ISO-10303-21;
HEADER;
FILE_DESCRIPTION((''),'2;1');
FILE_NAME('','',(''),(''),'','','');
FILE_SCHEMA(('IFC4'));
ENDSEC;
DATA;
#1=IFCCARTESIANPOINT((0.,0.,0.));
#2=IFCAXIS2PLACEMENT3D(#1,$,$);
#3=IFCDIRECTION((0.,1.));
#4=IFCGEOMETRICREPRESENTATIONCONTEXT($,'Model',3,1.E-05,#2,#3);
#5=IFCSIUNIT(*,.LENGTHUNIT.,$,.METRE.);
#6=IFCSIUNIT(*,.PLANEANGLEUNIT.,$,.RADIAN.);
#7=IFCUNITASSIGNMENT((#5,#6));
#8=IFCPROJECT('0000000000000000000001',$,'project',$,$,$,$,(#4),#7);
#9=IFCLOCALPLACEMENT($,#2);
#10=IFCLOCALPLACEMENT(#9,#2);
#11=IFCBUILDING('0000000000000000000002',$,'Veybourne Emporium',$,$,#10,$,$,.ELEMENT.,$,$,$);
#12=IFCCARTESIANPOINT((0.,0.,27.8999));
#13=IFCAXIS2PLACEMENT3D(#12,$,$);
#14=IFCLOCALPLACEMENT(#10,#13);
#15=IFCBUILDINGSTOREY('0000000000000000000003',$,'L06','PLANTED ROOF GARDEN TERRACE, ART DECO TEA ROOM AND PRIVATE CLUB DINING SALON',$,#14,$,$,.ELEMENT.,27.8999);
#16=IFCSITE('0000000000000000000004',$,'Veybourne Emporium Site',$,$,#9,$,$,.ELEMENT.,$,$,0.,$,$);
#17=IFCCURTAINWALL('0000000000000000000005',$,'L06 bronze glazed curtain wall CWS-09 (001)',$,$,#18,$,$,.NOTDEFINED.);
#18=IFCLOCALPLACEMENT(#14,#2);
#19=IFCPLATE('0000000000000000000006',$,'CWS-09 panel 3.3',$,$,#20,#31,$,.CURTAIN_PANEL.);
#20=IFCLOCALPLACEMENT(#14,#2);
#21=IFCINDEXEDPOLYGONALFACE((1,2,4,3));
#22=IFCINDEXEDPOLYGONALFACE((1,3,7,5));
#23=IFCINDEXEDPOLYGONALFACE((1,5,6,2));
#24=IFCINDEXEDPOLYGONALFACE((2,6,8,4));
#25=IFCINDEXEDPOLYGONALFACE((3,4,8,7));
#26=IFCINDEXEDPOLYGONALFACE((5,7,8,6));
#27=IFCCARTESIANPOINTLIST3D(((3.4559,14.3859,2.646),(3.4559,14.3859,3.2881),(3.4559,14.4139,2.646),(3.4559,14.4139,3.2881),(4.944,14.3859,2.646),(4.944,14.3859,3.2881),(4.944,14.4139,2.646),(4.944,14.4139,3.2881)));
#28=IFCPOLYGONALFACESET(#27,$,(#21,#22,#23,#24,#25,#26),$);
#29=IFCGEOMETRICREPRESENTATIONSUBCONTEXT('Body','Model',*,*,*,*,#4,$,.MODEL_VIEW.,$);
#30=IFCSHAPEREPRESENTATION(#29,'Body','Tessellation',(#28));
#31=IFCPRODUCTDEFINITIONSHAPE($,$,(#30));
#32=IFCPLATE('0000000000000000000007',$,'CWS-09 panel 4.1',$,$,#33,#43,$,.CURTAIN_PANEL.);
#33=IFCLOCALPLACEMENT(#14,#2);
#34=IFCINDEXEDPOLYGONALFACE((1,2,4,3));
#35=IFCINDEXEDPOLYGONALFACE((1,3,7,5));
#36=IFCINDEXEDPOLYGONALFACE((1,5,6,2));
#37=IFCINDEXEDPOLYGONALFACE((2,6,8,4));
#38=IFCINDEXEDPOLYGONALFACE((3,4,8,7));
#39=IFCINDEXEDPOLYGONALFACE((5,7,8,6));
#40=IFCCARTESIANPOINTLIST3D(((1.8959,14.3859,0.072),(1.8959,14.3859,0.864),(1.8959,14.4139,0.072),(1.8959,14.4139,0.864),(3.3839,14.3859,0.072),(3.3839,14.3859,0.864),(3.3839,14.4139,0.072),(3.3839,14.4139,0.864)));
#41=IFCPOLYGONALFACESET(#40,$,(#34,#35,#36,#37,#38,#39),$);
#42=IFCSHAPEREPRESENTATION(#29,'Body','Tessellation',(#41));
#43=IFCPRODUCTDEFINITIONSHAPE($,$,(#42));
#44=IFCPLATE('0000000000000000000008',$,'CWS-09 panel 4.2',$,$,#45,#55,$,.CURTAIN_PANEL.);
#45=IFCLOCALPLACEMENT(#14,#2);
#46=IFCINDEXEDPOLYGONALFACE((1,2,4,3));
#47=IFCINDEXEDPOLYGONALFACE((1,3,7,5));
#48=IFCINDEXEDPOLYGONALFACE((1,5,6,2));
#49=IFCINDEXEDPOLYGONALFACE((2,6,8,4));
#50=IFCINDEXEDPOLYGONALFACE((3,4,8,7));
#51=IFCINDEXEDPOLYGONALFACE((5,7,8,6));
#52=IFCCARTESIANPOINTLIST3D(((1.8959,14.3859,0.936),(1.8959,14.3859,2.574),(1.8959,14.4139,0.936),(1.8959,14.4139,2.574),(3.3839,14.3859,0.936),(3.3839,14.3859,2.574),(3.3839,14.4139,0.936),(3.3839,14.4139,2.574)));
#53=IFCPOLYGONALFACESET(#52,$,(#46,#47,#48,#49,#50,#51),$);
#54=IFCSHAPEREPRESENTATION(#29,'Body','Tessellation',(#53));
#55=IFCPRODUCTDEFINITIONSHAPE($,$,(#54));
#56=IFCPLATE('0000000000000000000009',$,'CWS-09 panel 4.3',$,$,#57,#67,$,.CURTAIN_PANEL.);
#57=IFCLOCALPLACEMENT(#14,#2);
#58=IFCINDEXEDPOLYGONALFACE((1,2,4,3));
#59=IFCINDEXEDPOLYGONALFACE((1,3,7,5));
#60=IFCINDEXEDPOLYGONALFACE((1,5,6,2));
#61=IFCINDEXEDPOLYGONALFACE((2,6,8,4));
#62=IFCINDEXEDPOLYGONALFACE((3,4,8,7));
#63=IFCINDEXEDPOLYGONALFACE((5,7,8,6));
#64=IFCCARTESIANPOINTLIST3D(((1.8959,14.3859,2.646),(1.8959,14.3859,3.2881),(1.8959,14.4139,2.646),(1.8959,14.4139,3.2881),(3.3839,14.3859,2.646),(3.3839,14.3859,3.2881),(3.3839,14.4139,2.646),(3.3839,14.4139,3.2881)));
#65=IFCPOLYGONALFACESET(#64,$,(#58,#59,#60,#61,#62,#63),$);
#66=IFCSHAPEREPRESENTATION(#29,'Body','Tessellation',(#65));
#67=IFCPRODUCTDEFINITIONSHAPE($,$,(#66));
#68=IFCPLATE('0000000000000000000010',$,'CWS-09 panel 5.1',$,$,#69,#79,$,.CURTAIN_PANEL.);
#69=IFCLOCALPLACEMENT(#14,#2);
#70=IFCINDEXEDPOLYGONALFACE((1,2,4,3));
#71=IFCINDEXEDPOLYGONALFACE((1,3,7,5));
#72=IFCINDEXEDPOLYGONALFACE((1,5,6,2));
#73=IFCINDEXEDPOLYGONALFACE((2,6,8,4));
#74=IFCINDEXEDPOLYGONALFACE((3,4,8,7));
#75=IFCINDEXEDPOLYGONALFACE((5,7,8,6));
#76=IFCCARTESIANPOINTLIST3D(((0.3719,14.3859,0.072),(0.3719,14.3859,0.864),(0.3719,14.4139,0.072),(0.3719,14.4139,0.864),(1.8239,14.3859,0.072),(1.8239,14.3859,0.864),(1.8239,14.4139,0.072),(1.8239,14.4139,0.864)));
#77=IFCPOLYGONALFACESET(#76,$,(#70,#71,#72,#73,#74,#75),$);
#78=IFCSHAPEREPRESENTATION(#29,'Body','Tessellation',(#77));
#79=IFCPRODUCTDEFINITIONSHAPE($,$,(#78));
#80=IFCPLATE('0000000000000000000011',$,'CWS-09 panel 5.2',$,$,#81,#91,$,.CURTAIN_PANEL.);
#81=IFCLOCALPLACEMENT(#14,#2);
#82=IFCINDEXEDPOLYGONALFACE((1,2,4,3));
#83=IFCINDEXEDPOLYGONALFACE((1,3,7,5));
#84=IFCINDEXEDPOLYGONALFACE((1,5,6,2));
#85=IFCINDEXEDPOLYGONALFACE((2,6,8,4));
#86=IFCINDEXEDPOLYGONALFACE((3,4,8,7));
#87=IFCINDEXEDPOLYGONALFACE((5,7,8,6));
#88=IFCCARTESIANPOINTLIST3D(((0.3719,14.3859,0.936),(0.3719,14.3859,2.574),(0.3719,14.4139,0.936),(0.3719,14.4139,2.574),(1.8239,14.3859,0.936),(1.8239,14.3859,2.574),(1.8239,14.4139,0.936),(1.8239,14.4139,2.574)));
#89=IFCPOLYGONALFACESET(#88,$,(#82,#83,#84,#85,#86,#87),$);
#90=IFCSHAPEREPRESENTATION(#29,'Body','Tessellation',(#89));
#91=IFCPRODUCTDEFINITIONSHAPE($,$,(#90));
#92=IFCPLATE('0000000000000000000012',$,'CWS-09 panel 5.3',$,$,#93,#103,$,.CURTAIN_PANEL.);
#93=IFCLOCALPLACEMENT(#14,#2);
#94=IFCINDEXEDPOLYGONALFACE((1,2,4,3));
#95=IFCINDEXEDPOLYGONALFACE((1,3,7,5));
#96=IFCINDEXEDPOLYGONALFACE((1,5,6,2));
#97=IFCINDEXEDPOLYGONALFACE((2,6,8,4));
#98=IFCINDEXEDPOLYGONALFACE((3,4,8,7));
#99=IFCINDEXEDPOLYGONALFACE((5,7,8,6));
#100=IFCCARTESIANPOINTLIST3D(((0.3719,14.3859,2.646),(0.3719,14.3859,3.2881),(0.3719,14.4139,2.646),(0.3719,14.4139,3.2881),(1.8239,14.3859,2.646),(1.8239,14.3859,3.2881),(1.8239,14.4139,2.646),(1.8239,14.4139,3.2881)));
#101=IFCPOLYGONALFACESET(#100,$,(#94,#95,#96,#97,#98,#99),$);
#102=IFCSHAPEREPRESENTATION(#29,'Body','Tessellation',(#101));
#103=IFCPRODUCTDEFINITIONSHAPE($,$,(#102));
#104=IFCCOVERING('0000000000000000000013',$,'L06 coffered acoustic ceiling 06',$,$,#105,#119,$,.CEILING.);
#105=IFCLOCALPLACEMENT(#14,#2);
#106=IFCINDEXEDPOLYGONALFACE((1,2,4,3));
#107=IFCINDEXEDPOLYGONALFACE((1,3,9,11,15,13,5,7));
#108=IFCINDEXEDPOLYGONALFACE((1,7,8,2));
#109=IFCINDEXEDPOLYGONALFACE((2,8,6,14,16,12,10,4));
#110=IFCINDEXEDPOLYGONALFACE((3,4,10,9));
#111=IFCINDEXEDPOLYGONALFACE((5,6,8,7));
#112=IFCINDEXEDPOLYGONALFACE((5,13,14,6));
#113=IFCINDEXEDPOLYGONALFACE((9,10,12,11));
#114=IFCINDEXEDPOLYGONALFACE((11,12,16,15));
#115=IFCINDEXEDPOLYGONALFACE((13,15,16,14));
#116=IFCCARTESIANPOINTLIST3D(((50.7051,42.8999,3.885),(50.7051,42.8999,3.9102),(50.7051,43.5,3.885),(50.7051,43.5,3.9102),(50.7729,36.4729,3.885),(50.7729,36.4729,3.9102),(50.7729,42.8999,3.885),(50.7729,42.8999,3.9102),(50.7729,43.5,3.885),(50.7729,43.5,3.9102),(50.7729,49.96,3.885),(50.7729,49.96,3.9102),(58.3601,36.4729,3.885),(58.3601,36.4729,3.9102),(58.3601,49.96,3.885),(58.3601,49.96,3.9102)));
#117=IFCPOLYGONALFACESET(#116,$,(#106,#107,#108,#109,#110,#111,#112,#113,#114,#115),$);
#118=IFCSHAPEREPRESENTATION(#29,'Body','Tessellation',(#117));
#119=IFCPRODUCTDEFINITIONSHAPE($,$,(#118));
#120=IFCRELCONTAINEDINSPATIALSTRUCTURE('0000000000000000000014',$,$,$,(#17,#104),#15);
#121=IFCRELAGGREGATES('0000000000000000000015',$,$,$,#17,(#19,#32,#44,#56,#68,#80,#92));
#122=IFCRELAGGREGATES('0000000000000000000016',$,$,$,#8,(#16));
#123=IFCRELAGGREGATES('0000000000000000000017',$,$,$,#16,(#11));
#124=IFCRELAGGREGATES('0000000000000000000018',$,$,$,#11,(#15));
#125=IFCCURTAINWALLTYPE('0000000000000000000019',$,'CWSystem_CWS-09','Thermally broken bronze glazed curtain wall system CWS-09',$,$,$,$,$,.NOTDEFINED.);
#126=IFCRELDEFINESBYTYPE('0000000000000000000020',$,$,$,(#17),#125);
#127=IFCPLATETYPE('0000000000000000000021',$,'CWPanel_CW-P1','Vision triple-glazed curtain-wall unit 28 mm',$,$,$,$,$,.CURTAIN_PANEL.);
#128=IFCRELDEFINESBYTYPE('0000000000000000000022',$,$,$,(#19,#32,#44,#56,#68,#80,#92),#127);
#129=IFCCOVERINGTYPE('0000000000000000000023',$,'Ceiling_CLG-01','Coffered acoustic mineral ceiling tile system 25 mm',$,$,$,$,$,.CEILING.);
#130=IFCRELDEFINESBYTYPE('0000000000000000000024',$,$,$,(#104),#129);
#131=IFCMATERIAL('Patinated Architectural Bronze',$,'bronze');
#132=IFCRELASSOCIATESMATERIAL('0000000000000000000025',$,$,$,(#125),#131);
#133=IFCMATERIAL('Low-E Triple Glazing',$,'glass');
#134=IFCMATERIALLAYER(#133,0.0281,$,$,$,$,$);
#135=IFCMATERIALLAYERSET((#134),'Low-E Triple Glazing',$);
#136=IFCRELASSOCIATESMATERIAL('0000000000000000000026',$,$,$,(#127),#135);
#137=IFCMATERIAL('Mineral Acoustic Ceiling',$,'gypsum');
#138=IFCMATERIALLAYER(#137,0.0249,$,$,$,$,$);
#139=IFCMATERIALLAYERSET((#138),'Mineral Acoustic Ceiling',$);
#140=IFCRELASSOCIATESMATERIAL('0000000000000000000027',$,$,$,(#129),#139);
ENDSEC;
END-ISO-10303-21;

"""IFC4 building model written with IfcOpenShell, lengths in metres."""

from ifc_helpers import new_model, si_unit, direction, frame, origin, origin_2d, place, context, subcontext, project, spatial, polyline, rectangle, outline, extrude, material, layer, layer_set, type_object, element, aggregate, save


model = new_model("IFC4")

# Units and contexts
model_context = context("Model", 3, precision=1e-05, world=origin(), true_north=direction((0.0, 1.0)))
body_context = subcontext(model_context, "Body", "Model", "MODEL_VIEW")
ifc_project = project(units=[si_unit("LENGTHUNIT", "METRE"), si_unit("PLANEANGLEUNIT", "RADIAN")], contexts=[model_context])

# Site, building, storey
site_placement = place(None, origin())
site = spatial("IfcSite", under=ifc_project, at=site_placement, Name="Veybourne Emporium Site", CompositionType="ELEMENT", RefElevation=0.0)
building_placement = place(site_placement, origin())
building = spatial("IfcBuilding", under=site, at=building_placement, Name="Veybourne Emporium", CompositionType="ELEMENT")
storey_placement = place(building_placement, frame((0.0, 0.0, 27.8999)))
storey = spatial("IfcBuildingStorey", under=building, at=storey_placement, Name="L06", Description="PLANTED ROOF GARDEN TERRACE, ART DECO TEA ROOM AND PRIVATE CLUB DINING SALON", CompositionType="ELEMENT", Elevation=27.8999)

# Curtain wall
ifc_material_1 = material(Name="Patinated Architectural Bronze", Category="bronze")
curtain_wall_type = type_object("IfcCurtainWallType", Name="CWSystem_CWS-09", Description="Thermally broken bronze glazed curtain wall system CWS-09", PredefinedType="NOTDEFINED", material=ifc_material_1)
curtain_wall_placement = place(storey_placement, origin())
curtain_wall = element("IfcCurtainWall", 1, at=curtain_wall_placement, inside=storey, type_object=curtain_wall_type, Name="L06 bronze glazed curtain wall CWS-09 (001)", PredefinedType="NOTDEFINED")

# Plates
ifc_material_2 = material(Name="Low-E Triple Glazing", Category="glass")
ifc_layer_1 = layer(ifc_material_2, 0.0281)
ifc_layer_set_1 = layer_set([ifc_layer_1], Name="Low-E Triple Glazing")
plate_type = type_object("IfcPlateType", Name="CWPanel_CW-P1", Description="Vision triple-glazed curtain-wall unit 28 mm", PredefinedType="CURTAIN_PANEL", material=ifc_layer_set_1)
plate_1_placement = place(storey_placement, frame((4.2, 14.3999, 2.646), z_axis=(0.0, 0.0, 1.0), x_axis=(-1.0, 0.0, 0.0)))
plate_1 = element("IfcPlate", 2, at=plate_1_placement, type_object=plate_type, Name="CWS-09 panel 3.3", PredefinedType="CURTAIN_PANEL", context=body_context, shape_type="SweptSolid", body=[
    extrude(rectangle(XDim=1.488, YDim=0.0281, at=origin_2d()), origin(), (0.0, 0.0, 1.0), 0.6421),
])
plate_2_placement = place(storey_placement, frame((2.6399, 14.3999, 0.072), z_axis=(0.0, 0.0, 1.0), x_axis=(-1.0, 0.0, 0.0)))
plate_2 = element("IfcPlate", 3, at=plate_2_placement, type_object=plate_type, Name="CWS-09 panel 4.1", PredefinedType="CURTAIN_PANEL", context=body_context, shape_type="SweptSolid", body=[
    extrude(rectangle(XDim=1.488, YDim=0.0281, at=origin_2d()), origin(), (0.0, 0.0, 1.0), 0.792),
])
plate_3_placement = place(storey_placement, frame((2.6399, 14.3999, 0.936), z_axis=(0.0, 0.0, 1.0), x_axis=(-1.0, 0.0, 0.0)))
plate_3 = element("IfcPlate", 4, at=plate_3_placement, type_object=plate_type, Name="CWS-09 panel 4.2", PredefinedType="CURTAIN_PANEL", context=body_context, shape_type="SweptSolid", body=[
    extrude(rectangle(XDim=1.488, YDim=0.0281, at=origin_2d()), origin(), (0.0, 0.0, 1.0), 1.6379),
])
plate_4_placement = place(storey_placement, frame((2.6399, 14.3999, 2.646), z_axis=(0.0, 0.0, 1.0), x_axis=(-1.0, 0.0, 0.0)))
plate_4 = element("IfcPlate", 5, at=plate_4_placement, type_object=plate_type, Name="CWS-09 panel 4.3", PredefinedType="CURTAIN_PANEL", context=body_context, shape_type="SweptSolid", body=[
    extrude(rectangle(XDim=1.488, YDim=0.0281, at=origin_2d()), origin(), (0.0, 0.0, 1.0), 0.6421),
])
plate_5_placement = place(storey_placement, frame((1.0979, 14.3999, 0.072), z_axis=(0.0, 0.0, 1.0), x_axis=(-1.0, 0.0, 0.0)))
plate_5 = element("IfcPlate", 6, at=plate_5_placement, type_object=plate_type, Name="CWS-09 panel 5.1", PredefinedType="CURTAIN_PANEL", context=body_context, shape_type="SweptSolid", body=[
    extrude(rectangle(XDim=1.4519, YDim=0.0281, at=origin_2d()), origin(), (0.0, 0.0, 1.0), 0.792),
])
plate_6_placement = place(storey_placement, frame((1.0979, 14.3999, 0.936), z_axis=(0.0, 0.0, 1.0), x_axis=(-1.0, 0.0, 0.0)))
plate_6 = element("IfcPlate", 7, at=plate_6_placement, type_object=plate_type, Name="CWS-09 panel 5.2", PredefinedType="CURTAIN_PANEL", context=body_context, shape_type="SweptSolid", body=[
    extrude(rectangle(XDim=1.4519, YDim=0.0281, at=origin_2d()), origin(), (0.0, 0.0, 1.0), 1.6379),
])
plate_7_placement = place(storey_placement, frame((1.0979, 14.3999, 2.646), z_axis=(0.0, 0.0, 1.0), x_axis=(-1.0, 0.0, 0.0)))
plate_7 = element("IfcPlate", 8, at=plate_7_placement, type_object=plate_type, Name="CWS-09 panel 5.3", PredefinedType="CURTAIN_PANEL", context=body_context, shape_type="SweptSolid", body=[
    extrude(rectangle(XDim=1.4519, YDim=0.0281, at=origin_2d()), origin(), (0.0, 0.0, 1.0), 0.6421),
])
aggregate(curtain_wall, [plate_1, plate_2, plate_3, plate_4, plate_5, plate_6, plate_7])

# Covering
ifc_material_3 = material(Name="Mineral Acoustic Ceiling", Category="gypsum")
ifc_layer_2 = layer(ifc_material_3, 0.0249)
ifc_layer_set_2 = layer_set([ifc_layer_2], Name="Mineral Acoustic Ceiling")
covering_type_1 = type_object("IfcCoveringType", Name="Ceiling_CLG-01", Description="Coffered acoustic mineral ceiling tile system 25 mm", PredefinedType="CEILING", material=ifc_layer_set_2)
covering_1_placement = place(storey_placement, frame((0.0, 0.0, 3.885)))
element("IfcCovering", 9, at=covering_1_placement, inside=storey, type_object=covering_type_1, Name="L06 coffered acoustic ceiling 06", PredefinedType="CEILING", context=body_context, shape_type="SweptSolid", body=[
    extrude(outline(polyline([(50.7051, 43.5), (50.7729, 43.5), (50.7729, 49.96), (58.3601, 49.96), (58.3601, 36.4729), (50.7729, 36.4729), (50.7729, 42.8999), (50.7051, 42.8999), (50.7051, 43.5)])), origin(), (0.0, 0.0, 1.0), 0.0251),
])

save(model, "model.ifc")
